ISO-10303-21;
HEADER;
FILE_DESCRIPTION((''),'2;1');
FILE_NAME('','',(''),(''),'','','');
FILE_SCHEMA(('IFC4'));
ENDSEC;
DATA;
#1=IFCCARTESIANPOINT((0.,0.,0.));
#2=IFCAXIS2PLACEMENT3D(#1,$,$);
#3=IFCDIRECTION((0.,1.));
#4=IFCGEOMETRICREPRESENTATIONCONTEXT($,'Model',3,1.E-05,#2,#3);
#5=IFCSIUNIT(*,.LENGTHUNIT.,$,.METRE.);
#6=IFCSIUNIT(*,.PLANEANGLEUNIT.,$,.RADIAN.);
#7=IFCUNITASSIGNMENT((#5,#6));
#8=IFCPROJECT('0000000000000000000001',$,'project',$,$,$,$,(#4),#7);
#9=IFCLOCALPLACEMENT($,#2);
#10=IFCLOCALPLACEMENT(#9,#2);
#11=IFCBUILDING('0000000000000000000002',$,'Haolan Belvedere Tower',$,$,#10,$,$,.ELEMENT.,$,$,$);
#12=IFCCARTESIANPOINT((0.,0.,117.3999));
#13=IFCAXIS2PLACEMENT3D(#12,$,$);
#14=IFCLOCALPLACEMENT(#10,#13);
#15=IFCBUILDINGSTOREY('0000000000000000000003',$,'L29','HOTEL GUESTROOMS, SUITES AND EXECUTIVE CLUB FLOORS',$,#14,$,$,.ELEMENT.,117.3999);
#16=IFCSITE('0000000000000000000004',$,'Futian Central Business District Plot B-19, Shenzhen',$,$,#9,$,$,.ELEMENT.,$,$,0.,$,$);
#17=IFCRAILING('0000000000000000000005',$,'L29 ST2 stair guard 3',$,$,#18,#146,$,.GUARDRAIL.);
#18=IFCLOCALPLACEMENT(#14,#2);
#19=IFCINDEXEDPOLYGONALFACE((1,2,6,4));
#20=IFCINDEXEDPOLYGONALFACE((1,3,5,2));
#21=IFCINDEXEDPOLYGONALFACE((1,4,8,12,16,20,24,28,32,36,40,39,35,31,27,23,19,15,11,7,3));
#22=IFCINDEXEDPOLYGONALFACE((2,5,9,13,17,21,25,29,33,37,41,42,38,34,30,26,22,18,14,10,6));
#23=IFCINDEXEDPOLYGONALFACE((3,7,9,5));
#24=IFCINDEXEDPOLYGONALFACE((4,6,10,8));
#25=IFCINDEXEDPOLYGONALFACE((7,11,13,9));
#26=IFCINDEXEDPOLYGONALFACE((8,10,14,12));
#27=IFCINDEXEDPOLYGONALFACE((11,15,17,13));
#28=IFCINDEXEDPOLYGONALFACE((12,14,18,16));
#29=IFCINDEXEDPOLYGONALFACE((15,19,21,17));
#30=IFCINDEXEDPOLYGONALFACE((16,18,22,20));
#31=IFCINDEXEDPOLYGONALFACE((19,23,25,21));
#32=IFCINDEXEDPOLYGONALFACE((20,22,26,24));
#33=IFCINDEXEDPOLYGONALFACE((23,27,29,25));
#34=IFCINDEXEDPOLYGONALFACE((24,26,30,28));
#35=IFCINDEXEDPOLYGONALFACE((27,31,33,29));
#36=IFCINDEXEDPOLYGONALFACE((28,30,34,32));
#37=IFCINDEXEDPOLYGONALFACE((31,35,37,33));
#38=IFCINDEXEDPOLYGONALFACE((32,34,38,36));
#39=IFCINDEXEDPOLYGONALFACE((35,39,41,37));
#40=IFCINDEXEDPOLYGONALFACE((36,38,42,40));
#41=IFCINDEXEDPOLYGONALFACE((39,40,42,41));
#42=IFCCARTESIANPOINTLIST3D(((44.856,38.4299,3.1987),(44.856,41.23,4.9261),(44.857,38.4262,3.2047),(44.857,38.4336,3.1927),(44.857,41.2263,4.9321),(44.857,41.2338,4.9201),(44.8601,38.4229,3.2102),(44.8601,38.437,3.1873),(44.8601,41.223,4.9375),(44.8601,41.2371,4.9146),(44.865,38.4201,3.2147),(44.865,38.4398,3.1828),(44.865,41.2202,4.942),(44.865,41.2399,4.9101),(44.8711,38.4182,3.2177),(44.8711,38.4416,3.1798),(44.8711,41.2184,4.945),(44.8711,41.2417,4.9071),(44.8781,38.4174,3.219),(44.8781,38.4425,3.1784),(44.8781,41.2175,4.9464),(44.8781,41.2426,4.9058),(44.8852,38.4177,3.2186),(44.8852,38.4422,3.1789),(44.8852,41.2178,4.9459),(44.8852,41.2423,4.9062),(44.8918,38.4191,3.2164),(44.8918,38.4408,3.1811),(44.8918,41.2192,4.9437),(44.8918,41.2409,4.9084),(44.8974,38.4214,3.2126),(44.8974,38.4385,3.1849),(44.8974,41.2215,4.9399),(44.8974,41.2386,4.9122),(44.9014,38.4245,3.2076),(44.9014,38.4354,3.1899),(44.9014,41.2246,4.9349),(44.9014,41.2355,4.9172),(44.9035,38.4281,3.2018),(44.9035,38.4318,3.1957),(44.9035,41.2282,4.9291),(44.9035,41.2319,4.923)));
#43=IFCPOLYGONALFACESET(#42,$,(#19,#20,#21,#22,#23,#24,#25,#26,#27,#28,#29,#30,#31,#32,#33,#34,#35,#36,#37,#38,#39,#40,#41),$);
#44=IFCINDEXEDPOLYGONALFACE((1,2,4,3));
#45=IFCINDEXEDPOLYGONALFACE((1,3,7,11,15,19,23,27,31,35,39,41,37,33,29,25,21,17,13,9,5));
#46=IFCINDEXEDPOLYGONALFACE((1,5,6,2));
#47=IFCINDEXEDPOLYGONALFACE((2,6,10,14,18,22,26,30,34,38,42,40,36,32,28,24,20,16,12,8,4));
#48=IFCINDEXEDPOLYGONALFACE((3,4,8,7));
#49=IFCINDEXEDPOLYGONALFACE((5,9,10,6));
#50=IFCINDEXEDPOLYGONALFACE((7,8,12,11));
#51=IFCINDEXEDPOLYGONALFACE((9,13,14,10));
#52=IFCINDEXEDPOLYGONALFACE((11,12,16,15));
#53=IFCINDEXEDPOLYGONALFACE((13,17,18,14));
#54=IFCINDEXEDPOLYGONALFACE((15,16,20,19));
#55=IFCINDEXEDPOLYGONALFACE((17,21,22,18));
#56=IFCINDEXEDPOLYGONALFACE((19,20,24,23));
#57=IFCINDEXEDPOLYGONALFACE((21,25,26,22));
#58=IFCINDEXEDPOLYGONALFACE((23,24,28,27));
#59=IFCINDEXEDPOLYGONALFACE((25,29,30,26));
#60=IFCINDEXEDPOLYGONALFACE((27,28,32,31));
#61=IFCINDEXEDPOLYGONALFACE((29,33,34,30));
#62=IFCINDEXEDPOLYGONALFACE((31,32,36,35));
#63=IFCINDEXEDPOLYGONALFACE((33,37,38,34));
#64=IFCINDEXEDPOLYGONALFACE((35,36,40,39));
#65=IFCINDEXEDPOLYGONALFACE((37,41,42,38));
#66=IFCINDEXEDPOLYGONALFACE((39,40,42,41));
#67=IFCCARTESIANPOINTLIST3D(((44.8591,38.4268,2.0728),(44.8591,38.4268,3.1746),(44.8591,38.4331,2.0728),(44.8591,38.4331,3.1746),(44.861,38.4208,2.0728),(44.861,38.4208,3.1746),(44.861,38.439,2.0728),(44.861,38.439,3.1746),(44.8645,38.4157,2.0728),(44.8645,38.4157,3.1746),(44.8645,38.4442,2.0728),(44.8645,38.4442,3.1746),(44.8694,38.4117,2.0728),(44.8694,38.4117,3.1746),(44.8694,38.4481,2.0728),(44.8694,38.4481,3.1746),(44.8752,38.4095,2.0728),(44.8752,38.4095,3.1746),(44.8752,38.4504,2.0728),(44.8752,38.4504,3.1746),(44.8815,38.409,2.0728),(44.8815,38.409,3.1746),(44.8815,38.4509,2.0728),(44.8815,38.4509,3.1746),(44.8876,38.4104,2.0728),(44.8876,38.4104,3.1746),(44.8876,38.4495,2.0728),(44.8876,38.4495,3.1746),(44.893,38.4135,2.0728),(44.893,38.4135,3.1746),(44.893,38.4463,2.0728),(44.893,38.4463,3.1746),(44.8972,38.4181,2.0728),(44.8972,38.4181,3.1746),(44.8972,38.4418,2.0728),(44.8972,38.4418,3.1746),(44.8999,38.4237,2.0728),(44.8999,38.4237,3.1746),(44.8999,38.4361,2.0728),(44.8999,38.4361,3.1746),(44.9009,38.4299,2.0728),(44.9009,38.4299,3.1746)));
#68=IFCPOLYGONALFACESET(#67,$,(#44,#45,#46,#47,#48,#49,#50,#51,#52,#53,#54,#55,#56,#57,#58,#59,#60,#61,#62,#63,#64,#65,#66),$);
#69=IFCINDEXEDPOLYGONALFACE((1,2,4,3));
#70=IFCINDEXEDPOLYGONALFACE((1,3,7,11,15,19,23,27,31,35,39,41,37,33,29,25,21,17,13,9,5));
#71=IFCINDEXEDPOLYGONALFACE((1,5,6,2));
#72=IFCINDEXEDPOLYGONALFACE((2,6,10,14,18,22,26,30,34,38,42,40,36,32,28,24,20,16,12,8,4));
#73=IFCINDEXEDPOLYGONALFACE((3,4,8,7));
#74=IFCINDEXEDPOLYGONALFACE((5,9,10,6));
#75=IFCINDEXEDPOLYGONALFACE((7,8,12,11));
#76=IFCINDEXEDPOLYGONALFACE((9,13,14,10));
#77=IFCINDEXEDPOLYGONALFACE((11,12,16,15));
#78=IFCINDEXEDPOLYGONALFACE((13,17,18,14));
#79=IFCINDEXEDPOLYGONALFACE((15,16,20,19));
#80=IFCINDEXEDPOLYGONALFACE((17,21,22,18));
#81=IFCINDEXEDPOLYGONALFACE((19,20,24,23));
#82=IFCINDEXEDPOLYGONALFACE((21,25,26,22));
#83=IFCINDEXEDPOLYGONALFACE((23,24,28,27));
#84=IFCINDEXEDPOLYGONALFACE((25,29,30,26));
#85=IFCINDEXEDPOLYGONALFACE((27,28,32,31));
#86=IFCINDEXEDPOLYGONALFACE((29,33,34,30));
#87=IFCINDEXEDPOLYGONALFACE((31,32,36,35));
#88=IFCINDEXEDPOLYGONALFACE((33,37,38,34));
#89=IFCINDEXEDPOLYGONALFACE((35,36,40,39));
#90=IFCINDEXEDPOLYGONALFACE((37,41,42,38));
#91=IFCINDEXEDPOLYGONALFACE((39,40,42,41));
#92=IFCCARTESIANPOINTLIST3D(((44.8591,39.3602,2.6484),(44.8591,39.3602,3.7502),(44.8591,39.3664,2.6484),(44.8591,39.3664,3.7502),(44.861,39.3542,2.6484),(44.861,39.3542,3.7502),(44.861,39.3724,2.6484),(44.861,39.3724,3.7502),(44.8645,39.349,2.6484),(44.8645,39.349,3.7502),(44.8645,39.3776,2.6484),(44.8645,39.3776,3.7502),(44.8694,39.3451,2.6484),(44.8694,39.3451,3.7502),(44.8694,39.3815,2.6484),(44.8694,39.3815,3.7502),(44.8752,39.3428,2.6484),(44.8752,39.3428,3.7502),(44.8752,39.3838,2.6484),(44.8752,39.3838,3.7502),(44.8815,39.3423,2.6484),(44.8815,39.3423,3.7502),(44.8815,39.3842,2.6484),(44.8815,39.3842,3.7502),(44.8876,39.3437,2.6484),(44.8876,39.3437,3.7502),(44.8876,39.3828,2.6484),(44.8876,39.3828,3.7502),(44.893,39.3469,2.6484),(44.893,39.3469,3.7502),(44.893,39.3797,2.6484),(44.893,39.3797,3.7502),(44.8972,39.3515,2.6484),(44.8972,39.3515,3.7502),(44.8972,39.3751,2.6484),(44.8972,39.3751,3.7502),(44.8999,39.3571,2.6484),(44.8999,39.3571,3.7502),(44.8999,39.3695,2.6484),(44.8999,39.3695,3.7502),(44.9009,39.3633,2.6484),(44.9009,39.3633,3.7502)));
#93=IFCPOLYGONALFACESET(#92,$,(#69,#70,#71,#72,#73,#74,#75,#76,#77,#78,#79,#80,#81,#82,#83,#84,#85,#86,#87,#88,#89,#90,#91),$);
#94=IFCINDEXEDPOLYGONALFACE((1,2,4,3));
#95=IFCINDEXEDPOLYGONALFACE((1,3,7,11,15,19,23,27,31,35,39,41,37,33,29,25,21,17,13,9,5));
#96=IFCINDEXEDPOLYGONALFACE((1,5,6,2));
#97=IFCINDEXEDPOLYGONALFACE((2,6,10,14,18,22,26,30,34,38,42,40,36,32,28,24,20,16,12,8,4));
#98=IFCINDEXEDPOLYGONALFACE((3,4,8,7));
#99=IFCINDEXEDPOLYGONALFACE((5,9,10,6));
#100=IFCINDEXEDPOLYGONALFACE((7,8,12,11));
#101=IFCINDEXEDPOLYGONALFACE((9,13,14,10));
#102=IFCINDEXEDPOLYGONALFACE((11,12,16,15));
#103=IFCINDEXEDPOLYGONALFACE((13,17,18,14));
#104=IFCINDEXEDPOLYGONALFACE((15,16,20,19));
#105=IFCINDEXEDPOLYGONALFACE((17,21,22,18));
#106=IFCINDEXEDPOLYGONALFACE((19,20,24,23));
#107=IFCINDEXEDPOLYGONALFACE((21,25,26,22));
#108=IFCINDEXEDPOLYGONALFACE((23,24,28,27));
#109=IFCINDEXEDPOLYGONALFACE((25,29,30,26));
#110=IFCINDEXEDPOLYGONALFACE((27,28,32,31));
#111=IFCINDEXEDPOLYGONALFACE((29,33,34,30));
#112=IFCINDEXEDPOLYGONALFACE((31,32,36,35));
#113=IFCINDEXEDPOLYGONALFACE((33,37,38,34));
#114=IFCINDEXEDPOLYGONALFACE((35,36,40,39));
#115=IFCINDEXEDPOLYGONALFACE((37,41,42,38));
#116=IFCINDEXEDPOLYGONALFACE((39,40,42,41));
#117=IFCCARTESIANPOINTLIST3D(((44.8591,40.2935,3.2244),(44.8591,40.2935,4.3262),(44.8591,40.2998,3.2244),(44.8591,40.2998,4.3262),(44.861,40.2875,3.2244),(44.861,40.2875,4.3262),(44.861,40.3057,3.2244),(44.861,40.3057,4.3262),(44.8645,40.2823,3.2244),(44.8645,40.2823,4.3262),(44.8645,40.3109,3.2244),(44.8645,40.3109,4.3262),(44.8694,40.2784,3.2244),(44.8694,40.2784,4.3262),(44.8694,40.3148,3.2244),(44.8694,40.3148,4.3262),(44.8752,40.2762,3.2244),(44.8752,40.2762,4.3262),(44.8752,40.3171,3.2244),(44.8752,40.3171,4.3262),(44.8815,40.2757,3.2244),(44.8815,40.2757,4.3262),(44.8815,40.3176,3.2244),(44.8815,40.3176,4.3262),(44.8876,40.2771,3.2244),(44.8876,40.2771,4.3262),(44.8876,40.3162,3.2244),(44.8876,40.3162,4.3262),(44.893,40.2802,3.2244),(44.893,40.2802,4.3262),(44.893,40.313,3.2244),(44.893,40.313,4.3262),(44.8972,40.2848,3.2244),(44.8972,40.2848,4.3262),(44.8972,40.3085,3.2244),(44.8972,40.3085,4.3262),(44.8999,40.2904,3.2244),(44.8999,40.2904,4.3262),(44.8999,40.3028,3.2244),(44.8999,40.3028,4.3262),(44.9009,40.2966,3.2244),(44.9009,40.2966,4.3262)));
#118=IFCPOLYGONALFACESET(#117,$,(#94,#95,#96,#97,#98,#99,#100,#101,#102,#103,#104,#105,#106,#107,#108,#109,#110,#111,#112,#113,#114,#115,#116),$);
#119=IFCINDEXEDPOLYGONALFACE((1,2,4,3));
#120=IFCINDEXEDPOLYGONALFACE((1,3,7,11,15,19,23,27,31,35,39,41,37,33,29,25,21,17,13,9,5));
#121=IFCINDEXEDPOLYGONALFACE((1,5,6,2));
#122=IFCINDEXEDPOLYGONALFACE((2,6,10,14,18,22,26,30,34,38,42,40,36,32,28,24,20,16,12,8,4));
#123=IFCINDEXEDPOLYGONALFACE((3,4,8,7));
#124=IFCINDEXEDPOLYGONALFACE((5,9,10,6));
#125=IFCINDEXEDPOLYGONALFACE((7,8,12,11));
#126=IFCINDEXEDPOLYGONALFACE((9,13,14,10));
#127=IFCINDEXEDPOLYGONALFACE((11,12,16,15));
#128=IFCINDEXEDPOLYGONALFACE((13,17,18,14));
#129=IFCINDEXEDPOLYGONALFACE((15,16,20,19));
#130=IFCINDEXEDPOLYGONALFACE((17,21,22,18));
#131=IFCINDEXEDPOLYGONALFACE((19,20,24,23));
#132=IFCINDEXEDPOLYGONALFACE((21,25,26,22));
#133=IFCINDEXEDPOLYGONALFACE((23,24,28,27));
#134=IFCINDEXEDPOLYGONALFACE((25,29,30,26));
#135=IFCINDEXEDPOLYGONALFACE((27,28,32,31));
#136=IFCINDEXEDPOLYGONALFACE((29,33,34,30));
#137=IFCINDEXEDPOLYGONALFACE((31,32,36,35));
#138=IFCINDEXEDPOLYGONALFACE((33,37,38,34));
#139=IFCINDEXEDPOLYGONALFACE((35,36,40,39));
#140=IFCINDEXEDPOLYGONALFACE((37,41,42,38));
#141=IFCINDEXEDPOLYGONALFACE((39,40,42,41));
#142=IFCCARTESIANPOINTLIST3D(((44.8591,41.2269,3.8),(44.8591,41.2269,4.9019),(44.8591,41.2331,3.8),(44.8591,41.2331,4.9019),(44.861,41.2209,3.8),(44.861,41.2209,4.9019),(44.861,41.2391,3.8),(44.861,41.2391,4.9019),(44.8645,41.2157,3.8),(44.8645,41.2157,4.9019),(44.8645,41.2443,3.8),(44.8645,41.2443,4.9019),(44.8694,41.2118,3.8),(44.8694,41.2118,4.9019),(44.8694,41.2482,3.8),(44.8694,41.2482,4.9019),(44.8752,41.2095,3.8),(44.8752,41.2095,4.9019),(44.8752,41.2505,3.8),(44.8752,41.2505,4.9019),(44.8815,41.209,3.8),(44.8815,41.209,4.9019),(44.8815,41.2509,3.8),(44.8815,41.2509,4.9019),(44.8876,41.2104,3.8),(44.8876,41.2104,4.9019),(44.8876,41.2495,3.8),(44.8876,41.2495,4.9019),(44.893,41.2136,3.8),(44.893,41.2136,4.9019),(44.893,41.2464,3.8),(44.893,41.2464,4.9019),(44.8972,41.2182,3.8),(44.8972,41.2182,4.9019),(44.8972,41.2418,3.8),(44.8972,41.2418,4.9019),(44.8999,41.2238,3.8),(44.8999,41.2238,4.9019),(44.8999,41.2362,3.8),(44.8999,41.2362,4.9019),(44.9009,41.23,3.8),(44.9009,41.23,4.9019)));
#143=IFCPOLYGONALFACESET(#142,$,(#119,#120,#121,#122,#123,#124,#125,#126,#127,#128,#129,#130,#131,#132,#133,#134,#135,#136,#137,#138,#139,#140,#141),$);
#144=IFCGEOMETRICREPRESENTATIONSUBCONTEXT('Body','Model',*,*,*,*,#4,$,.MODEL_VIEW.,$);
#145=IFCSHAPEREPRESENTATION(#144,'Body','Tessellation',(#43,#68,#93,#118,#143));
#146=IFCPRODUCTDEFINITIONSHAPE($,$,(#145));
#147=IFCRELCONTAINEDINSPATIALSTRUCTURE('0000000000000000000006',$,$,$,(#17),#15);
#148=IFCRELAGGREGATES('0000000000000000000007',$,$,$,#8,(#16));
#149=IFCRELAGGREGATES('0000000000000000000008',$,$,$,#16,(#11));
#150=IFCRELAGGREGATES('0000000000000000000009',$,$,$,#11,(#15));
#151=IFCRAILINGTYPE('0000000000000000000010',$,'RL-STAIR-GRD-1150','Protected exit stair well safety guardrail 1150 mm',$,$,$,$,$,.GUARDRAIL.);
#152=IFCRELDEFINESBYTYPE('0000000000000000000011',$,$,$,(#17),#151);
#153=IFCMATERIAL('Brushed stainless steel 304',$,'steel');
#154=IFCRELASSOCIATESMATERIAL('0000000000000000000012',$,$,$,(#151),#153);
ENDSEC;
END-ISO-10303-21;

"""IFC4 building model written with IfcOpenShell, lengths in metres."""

from ifc_helpers import new_model, si_unit, direction, frame, origin, origin_2d, place, context, subcontext, project, spatial, circle, extrude, material, type_object, element, save


model = new_model("IFC4")

# Units and contexts
model_context = context("Model", 3, precision=1e-05, world=origin(), true_north=direction((0.0, 1.0)))
body_context = subcontext(model_context, "Body", "Model", "MODEL_VIEW")
ifc_project = project(units=[si_unit("LENGTHUNIT", "METRE"), si_unit("PLANEANGLEUNIT", "RADIAN")], contexts=[model_context])

# Site, building, storey
site_placement = place(None, origin())
site = spatial("IfcSite", under=ifc_project, at=site_placement, Name="Futian Central Business District Plot B-19, Shenzhen", CompositionType="ELEMENT", RefElevation=0.0)
building_placement = place(site_placement, origin())
building = spatial("IfcBuilding", under=site, at=building_placement, Name="Haolan Belvedere Tower", CompositionType="ELEMENT")
storey_placement = place(building_placement, frame((0.0, 0.0, 117.3999)))
storey = spatial("IfcBuildingStorey", under=building, at=storey_placement, Name="L29", Description="HOTEL GUESTROOMS, SUITES AND EXECUTIVE CLUB FLOORS", CompositionType="ELEMENT", Elevation=117.3999)

# Railing
ifc_material_1 = material(Name="Brushed stainless steel 304", Category="steel")
railing_type_1 = type_object("IfcRailingType", Name="RL-STAIR-GRD-1150", Description="Protected exit stair well safety guardrail 1150 mm", PredefinedType="GUARDRAIL", material=ifc_material_1)
railing_1_placement = place(storey_placement, frame((44.8799, 38.4299, 2.0728)))
element("IfcRailing", 1, at=railing_1_placement, inside=storey, type_object=railing_type_1, Name="L29 ST2 stair guard 3", PredefinedType="GUARDRAIL", context=body_context, shape_type="SweptSolid", body=[
    extrude(circle(Radius=0.0239, at=origin_2d()), frame((0.0, 0.0, 1.126), z_axis=(0.0, 0.85109, 0.52502), x_axis=(-1.0, 0.0, 0.0)), (0.0, 0.0, 1.0), 3.29),
    extrude(circle(Radius=0.021, at=origin_2d()), origin(), (0.0, 0.0, 1.0), 1.1018),
    extrude(circle(Radius=0.021, at=origin_2d()), frame((0.0, 0.9333, 0.5757)), (0.0, 0.0, 1.0), 1.1018),
    extrude(circle(Radius=0.021, at=origin_2d()), frame((0.0, 1.8667, 1.1516)), (0.0, 0.0, 1.0), 1.1018),
    extrude(circle(Radius=0.021, at=origin_2d()), frame((0.0, 2.8, 1.7273)), (0.0, 0.0, 1.0), 1.1018),
])

save(model, "model.ifc")
